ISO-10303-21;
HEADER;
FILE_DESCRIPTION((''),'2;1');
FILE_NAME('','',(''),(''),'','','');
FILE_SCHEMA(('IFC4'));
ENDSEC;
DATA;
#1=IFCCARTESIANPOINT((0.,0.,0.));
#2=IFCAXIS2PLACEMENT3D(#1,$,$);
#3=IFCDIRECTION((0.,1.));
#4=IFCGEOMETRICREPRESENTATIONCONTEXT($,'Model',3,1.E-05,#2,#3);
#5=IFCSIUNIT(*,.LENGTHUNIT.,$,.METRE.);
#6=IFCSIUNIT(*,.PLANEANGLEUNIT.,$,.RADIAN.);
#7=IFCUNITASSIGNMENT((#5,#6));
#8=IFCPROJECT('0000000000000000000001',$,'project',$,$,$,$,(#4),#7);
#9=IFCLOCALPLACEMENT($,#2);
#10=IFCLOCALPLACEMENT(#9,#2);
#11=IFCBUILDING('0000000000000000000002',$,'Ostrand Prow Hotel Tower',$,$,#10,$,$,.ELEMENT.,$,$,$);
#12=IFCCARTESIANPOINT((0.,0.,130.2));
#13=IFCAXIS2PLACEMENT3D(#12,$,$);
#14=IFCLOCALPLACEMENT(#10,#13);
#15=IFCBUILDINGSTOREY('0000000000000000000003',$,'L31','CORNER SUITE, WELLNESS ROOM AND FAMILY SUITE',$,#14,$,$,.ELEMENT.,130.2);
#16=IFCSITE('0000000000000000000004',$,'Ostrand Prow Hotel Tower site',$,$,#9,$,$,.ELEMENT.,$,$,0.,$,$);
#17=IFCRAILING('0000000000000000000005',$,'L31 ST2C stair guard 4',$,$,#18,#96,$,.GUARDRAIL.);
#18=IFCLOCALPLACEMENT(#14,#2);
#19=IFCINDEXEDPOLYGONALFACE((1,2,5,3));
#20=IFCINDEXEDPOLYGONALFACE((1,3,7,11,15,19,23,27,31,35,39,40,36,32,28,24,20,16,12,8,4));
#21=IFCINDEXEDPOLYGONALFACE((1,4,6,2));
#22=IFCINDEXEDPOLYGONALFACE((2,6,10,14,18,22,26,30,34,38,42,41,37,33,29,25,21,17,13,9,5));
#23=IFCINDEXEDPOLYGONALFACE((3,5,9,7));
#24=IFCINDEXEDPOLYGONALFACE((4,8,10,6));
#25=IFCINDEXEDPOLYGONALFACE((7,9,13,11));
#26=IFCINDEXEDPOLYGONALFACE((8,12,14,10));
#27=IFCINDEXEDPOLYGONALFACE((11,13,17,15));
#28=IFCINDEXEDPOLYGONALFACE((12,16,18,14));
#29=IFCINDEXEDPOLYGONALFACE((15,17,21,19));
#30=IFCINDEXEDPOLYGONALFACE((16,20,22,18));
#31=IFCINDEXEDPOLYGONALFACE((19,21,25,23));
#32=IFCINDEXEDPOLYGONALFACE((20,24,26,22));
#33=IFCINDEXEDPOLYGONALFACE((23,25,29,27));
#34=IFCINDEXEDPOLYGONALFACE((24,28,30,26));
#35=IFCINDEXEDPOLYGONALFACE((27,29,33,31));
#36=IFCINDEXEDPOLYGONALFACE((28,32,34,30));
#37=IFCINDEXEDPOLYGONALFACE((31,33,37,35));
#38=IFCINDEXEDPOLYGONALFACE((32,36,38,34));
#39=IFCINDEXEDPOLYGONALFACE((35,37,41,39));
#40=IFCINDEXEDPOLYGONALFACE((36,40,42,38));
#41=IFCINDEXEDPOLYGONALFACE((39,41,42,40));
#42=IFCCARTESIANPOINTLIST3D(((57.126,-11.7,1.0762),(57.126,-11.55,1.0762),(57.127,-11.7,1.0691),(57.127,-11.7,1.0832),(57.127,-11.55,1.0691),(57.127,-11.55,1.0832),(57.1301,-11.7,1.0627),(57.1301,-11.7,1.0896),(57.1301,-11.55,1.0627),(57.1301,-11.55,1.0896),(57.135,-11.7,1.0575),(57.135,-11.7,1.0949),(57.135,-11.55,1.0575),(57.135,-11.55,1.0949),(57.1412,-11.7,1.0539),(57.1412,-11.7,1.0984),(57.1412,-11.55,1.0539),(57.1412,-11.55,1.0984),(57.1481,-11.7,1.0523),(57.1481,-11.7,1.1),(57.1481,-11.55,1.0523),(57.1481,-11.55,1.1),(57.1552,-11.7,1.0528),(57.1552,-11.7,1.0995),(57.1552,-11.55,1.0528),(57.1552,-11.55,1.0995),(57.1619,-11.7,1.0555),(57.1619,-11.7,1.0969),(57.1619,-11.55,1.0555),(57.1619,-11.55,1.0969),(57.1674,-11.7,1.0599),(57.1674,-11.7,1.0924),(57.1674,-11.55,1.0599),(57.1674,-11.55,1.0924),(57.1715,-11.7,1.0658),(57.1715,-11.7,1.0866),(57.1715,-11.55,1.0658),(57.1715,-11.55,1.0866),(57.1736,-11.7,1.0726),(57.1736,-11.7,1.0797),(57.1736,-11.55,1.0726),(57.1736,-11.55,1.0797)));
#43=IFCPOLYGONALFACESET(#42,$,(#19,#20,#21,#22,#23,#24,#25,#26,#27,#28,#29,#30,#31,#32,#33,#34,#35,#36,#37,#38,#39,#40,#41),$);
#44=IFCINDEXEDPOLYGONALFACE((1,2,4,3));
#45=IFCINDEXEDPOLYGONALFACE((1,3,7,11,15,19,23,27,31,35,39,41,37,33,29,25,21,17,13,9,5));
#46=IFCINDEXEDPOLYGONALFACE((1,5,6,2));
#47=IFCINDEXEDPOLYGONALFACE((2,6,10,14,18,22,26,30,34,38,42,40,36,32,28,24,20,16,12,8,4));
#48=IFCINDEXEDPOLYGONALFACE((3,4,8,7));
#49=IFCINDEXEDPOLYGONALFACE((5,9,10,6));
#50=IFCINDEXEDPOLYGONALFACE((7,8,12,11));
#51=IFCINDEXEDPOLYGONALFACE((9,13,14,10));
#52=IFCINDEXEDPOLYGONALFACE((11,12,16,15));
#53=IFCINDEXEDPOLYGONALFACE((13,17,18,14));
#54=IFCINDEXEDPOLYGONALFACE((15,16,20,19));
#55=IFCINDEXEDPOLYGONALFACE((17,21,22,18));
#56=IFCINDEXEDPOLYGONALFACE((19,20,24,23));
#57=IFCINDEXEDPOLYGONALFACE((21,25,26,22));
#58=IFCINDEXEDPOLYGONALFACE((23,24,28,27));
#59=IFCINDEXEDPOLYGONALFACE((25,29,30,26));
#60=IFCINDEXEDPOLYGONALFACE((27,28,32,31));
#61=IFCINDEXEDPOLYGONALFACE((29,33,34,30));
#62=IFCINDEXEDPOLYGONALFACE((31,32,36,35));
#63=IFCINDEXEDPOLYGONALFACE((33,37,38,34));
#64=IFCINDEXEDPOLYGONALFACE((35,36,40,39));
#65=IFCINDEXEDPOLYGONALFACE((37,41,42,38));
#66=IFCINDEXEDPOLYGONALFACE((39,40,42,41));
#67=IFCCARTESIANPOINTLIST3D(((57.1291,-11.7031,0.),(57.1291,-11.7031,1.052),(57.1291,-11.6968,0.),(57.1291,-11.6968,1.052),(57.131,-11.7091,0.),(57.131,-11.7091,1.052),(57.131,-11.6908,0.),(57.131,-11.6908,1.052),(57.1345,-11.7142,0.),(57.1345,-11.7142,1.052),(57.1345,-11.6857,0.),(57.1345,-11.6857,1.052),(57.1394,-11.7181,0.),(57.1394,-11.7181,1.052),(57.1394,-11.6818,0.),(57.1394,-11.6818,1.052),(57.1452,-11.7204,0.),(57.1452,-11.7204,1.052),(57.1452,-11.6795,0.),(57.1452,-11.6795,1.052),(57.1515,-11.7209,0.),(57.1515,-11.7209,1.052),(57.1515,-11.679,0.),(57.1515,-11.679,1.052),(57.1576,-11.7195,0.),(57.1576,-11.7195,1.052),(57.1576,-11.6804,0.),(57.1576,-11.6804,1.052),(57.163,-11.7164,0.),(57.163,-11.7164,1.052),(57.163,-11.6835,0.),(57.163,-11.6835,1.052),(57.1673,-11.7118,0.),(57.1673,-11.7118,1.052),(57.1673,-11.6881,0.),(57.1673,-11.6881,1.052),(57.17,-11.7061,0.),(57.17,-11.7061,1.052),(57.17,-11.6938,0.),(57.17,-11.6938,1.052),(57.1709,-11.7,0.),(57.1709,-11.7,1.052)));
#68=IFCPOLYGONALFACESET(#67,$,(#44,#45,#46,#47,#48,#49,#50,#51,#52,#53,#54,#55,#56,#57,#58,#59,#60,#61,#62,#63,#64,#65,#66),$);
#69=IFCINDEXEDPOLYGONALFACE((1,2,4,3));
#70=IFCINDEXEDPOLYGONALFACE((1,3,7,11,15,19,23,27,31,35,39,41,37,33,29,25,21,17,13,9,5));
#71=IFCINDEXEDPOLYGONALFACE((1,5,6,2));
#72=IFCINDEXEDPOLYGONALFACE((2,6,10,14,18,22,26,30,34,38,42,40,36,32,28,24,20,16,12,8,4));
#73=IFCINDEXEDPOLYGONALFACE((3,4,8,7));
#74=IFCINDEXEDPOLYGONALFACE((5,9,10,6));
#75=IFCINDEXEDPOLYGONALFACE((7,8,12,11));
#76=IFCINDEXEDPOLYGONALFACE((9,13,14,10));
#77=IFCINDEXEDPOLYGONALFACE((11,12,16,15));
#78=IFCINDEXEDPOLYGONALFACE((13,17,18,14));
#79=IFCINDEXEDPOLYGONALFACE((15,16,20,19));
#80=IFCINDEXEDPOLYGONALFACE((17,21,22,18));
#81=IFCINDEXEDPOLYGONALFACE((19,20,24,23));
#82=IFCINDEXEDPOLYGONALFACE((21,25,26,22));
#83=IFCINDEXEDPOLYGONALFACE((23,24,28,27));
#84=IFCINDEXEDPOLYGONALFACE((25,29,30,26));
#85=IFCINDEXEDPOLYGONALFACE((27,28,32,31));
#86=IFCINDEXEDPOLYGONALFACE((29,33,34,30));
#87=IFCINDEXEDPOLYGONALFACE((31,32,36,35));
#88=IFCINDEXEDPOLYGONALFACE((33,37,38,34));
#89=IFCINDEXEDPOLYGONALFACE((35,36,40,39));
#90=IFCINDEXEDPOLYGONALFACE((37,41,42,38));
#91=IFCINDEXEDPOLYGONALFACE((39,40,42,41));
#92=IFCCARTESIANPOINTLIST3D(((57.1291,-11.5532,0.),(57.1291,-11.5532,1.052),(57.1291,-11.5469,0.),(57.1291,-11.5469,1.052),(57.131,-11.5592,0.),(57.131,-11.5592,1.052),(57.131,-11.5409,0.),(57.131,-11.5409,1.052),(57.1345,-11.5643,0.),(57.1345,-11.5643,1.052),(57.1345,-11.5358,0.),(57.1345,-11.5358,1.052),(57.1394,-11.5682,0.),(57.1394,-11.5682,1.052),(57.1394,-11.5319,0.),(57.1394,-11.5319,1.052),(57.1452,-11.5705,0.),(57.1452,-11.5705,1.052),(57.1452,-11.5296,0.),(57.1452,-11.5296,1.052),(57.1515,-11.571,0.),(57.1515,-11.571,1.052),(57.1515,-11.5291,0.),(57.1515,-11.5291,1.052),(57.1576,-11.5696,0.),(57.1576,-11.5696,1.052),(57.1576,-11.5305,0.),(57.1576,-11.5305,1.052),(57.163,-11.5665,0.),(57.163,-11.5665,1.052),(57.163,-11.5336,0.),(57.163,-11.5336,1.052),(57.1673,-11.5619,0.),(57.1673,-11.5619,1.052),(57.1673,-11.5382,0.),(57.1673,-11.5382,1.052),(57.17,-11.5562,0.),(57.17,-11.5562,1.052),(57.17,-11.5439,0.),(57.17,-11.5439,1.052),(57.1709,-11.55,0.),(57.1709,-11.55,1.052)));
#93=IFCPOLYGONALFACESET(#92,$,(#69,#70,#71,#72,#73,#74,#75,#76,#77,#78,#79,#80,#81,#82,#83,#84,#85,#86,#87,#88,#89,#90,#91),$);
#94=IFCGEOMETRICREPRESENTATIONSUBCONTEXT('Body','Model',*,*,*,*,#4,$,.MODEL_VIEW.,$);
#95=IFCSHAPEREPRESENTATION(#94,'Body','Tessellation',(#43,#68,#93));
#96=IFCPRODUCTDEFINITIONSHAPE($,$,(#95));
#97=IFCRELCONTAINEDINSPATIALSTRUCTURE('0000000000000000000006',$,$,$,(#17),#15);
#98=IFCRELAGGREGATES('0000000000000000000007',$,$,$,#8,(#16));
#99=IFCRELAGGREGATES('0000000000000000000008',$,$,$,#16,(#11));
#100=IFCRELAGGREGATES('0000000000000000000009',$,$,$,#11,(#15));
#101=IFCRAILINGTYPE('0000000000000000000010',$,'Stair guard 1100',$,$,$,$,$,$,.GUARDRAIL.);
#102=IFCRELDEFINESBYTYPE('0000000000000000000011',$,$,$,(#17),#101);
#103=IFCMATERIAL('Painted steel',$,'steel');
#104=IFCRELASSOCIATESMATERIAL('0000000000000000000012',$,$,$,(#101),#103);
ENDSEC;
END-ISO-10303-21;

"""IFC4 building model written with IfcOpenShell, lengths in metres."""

from ifc_helpers import new_model, si_unit, direction, frame, origin, origin_2d, place, context, subcontext, project, spatial, circle, extrude, material, type_object, element, save


model = new_model("IFC4")

# Units and contexts
model_context = context("Model", 3, precision=1e-05, world=origin(), true_north=direction((0.0, 1.0)))
body_context = subcontext(model_context, "Body", "Model", "MODEL_VIEW")
ifc_project = project(units=[si_unit("LENGTHUNIT", "METRE"), si_unit("PLANEANGLEUNIT", "RADIAN")], contexts=[model_context])

# Site, building, storey
site_placement = place(None, origin())
site = spatial("IfcSite", under=ifc_project, at=site_placement, Name="Ostrand Prow Hotel Tower site", CompositionType="ELEMENT", RefElevation=0.0)
building_placement = place(site_placement, origin())
building = spatial("IfcBuilding", under=site, at=building_placement, Name="Ostrand Prow Hotel Tower", CompositionType="ELEMENT")
storey_placement = place(building_placement, frame((0.0, 0.0, 130.2)))
storey = spatial("IfcBuildingStorey", under=building, at=storey_placement, Name="L31", Description="CORNER SUITE, WELLNESS ROOM AND FAMILY SUITE", CompositionType="ELEMENT", Elevation=130.2)

# Railing
ifc_material_1 = material(Name="Painted steel", Category="steel")
railing_type_1 = type_object("IfcRailingType", Name="Stair guard 1100", PredefinedType="GUARDRAIL", material=ifc_material_1)
railing_1_placement = place(storey_placement, frame((57.1499, -11.7, 0.0)))
element("IfcRailing", 1, at=railing_1_placement, inside=storey, type_object=railing_type_1, Name="L31 ST2C stair guard 4", PredefinedType="GUARDRAIL", context=body_context, shape_type="SweptSolid", body=[
    extrude(circle(Radius=0.0239, at=origin_2d()), frame((0.0, 0.0, 1.0762), z_axis=(0.0, 1.0, 0.0), x_axis=(-1.0, 0.0, 0.0)), (0.0, 0.0, 1.0), 0.1499),
    extrude(circle(Radius=0.021, at=origin_2d()), origin(), (0.0, 0.0, 1.0), 1.052),
    extrude(circle(Radius=0.021, at=origin_2d()), frame((0.0, 0.1499, 0.0)), (0.0, 0.0, 1.0), 1.052),
])

save(model, "model.ifc")
